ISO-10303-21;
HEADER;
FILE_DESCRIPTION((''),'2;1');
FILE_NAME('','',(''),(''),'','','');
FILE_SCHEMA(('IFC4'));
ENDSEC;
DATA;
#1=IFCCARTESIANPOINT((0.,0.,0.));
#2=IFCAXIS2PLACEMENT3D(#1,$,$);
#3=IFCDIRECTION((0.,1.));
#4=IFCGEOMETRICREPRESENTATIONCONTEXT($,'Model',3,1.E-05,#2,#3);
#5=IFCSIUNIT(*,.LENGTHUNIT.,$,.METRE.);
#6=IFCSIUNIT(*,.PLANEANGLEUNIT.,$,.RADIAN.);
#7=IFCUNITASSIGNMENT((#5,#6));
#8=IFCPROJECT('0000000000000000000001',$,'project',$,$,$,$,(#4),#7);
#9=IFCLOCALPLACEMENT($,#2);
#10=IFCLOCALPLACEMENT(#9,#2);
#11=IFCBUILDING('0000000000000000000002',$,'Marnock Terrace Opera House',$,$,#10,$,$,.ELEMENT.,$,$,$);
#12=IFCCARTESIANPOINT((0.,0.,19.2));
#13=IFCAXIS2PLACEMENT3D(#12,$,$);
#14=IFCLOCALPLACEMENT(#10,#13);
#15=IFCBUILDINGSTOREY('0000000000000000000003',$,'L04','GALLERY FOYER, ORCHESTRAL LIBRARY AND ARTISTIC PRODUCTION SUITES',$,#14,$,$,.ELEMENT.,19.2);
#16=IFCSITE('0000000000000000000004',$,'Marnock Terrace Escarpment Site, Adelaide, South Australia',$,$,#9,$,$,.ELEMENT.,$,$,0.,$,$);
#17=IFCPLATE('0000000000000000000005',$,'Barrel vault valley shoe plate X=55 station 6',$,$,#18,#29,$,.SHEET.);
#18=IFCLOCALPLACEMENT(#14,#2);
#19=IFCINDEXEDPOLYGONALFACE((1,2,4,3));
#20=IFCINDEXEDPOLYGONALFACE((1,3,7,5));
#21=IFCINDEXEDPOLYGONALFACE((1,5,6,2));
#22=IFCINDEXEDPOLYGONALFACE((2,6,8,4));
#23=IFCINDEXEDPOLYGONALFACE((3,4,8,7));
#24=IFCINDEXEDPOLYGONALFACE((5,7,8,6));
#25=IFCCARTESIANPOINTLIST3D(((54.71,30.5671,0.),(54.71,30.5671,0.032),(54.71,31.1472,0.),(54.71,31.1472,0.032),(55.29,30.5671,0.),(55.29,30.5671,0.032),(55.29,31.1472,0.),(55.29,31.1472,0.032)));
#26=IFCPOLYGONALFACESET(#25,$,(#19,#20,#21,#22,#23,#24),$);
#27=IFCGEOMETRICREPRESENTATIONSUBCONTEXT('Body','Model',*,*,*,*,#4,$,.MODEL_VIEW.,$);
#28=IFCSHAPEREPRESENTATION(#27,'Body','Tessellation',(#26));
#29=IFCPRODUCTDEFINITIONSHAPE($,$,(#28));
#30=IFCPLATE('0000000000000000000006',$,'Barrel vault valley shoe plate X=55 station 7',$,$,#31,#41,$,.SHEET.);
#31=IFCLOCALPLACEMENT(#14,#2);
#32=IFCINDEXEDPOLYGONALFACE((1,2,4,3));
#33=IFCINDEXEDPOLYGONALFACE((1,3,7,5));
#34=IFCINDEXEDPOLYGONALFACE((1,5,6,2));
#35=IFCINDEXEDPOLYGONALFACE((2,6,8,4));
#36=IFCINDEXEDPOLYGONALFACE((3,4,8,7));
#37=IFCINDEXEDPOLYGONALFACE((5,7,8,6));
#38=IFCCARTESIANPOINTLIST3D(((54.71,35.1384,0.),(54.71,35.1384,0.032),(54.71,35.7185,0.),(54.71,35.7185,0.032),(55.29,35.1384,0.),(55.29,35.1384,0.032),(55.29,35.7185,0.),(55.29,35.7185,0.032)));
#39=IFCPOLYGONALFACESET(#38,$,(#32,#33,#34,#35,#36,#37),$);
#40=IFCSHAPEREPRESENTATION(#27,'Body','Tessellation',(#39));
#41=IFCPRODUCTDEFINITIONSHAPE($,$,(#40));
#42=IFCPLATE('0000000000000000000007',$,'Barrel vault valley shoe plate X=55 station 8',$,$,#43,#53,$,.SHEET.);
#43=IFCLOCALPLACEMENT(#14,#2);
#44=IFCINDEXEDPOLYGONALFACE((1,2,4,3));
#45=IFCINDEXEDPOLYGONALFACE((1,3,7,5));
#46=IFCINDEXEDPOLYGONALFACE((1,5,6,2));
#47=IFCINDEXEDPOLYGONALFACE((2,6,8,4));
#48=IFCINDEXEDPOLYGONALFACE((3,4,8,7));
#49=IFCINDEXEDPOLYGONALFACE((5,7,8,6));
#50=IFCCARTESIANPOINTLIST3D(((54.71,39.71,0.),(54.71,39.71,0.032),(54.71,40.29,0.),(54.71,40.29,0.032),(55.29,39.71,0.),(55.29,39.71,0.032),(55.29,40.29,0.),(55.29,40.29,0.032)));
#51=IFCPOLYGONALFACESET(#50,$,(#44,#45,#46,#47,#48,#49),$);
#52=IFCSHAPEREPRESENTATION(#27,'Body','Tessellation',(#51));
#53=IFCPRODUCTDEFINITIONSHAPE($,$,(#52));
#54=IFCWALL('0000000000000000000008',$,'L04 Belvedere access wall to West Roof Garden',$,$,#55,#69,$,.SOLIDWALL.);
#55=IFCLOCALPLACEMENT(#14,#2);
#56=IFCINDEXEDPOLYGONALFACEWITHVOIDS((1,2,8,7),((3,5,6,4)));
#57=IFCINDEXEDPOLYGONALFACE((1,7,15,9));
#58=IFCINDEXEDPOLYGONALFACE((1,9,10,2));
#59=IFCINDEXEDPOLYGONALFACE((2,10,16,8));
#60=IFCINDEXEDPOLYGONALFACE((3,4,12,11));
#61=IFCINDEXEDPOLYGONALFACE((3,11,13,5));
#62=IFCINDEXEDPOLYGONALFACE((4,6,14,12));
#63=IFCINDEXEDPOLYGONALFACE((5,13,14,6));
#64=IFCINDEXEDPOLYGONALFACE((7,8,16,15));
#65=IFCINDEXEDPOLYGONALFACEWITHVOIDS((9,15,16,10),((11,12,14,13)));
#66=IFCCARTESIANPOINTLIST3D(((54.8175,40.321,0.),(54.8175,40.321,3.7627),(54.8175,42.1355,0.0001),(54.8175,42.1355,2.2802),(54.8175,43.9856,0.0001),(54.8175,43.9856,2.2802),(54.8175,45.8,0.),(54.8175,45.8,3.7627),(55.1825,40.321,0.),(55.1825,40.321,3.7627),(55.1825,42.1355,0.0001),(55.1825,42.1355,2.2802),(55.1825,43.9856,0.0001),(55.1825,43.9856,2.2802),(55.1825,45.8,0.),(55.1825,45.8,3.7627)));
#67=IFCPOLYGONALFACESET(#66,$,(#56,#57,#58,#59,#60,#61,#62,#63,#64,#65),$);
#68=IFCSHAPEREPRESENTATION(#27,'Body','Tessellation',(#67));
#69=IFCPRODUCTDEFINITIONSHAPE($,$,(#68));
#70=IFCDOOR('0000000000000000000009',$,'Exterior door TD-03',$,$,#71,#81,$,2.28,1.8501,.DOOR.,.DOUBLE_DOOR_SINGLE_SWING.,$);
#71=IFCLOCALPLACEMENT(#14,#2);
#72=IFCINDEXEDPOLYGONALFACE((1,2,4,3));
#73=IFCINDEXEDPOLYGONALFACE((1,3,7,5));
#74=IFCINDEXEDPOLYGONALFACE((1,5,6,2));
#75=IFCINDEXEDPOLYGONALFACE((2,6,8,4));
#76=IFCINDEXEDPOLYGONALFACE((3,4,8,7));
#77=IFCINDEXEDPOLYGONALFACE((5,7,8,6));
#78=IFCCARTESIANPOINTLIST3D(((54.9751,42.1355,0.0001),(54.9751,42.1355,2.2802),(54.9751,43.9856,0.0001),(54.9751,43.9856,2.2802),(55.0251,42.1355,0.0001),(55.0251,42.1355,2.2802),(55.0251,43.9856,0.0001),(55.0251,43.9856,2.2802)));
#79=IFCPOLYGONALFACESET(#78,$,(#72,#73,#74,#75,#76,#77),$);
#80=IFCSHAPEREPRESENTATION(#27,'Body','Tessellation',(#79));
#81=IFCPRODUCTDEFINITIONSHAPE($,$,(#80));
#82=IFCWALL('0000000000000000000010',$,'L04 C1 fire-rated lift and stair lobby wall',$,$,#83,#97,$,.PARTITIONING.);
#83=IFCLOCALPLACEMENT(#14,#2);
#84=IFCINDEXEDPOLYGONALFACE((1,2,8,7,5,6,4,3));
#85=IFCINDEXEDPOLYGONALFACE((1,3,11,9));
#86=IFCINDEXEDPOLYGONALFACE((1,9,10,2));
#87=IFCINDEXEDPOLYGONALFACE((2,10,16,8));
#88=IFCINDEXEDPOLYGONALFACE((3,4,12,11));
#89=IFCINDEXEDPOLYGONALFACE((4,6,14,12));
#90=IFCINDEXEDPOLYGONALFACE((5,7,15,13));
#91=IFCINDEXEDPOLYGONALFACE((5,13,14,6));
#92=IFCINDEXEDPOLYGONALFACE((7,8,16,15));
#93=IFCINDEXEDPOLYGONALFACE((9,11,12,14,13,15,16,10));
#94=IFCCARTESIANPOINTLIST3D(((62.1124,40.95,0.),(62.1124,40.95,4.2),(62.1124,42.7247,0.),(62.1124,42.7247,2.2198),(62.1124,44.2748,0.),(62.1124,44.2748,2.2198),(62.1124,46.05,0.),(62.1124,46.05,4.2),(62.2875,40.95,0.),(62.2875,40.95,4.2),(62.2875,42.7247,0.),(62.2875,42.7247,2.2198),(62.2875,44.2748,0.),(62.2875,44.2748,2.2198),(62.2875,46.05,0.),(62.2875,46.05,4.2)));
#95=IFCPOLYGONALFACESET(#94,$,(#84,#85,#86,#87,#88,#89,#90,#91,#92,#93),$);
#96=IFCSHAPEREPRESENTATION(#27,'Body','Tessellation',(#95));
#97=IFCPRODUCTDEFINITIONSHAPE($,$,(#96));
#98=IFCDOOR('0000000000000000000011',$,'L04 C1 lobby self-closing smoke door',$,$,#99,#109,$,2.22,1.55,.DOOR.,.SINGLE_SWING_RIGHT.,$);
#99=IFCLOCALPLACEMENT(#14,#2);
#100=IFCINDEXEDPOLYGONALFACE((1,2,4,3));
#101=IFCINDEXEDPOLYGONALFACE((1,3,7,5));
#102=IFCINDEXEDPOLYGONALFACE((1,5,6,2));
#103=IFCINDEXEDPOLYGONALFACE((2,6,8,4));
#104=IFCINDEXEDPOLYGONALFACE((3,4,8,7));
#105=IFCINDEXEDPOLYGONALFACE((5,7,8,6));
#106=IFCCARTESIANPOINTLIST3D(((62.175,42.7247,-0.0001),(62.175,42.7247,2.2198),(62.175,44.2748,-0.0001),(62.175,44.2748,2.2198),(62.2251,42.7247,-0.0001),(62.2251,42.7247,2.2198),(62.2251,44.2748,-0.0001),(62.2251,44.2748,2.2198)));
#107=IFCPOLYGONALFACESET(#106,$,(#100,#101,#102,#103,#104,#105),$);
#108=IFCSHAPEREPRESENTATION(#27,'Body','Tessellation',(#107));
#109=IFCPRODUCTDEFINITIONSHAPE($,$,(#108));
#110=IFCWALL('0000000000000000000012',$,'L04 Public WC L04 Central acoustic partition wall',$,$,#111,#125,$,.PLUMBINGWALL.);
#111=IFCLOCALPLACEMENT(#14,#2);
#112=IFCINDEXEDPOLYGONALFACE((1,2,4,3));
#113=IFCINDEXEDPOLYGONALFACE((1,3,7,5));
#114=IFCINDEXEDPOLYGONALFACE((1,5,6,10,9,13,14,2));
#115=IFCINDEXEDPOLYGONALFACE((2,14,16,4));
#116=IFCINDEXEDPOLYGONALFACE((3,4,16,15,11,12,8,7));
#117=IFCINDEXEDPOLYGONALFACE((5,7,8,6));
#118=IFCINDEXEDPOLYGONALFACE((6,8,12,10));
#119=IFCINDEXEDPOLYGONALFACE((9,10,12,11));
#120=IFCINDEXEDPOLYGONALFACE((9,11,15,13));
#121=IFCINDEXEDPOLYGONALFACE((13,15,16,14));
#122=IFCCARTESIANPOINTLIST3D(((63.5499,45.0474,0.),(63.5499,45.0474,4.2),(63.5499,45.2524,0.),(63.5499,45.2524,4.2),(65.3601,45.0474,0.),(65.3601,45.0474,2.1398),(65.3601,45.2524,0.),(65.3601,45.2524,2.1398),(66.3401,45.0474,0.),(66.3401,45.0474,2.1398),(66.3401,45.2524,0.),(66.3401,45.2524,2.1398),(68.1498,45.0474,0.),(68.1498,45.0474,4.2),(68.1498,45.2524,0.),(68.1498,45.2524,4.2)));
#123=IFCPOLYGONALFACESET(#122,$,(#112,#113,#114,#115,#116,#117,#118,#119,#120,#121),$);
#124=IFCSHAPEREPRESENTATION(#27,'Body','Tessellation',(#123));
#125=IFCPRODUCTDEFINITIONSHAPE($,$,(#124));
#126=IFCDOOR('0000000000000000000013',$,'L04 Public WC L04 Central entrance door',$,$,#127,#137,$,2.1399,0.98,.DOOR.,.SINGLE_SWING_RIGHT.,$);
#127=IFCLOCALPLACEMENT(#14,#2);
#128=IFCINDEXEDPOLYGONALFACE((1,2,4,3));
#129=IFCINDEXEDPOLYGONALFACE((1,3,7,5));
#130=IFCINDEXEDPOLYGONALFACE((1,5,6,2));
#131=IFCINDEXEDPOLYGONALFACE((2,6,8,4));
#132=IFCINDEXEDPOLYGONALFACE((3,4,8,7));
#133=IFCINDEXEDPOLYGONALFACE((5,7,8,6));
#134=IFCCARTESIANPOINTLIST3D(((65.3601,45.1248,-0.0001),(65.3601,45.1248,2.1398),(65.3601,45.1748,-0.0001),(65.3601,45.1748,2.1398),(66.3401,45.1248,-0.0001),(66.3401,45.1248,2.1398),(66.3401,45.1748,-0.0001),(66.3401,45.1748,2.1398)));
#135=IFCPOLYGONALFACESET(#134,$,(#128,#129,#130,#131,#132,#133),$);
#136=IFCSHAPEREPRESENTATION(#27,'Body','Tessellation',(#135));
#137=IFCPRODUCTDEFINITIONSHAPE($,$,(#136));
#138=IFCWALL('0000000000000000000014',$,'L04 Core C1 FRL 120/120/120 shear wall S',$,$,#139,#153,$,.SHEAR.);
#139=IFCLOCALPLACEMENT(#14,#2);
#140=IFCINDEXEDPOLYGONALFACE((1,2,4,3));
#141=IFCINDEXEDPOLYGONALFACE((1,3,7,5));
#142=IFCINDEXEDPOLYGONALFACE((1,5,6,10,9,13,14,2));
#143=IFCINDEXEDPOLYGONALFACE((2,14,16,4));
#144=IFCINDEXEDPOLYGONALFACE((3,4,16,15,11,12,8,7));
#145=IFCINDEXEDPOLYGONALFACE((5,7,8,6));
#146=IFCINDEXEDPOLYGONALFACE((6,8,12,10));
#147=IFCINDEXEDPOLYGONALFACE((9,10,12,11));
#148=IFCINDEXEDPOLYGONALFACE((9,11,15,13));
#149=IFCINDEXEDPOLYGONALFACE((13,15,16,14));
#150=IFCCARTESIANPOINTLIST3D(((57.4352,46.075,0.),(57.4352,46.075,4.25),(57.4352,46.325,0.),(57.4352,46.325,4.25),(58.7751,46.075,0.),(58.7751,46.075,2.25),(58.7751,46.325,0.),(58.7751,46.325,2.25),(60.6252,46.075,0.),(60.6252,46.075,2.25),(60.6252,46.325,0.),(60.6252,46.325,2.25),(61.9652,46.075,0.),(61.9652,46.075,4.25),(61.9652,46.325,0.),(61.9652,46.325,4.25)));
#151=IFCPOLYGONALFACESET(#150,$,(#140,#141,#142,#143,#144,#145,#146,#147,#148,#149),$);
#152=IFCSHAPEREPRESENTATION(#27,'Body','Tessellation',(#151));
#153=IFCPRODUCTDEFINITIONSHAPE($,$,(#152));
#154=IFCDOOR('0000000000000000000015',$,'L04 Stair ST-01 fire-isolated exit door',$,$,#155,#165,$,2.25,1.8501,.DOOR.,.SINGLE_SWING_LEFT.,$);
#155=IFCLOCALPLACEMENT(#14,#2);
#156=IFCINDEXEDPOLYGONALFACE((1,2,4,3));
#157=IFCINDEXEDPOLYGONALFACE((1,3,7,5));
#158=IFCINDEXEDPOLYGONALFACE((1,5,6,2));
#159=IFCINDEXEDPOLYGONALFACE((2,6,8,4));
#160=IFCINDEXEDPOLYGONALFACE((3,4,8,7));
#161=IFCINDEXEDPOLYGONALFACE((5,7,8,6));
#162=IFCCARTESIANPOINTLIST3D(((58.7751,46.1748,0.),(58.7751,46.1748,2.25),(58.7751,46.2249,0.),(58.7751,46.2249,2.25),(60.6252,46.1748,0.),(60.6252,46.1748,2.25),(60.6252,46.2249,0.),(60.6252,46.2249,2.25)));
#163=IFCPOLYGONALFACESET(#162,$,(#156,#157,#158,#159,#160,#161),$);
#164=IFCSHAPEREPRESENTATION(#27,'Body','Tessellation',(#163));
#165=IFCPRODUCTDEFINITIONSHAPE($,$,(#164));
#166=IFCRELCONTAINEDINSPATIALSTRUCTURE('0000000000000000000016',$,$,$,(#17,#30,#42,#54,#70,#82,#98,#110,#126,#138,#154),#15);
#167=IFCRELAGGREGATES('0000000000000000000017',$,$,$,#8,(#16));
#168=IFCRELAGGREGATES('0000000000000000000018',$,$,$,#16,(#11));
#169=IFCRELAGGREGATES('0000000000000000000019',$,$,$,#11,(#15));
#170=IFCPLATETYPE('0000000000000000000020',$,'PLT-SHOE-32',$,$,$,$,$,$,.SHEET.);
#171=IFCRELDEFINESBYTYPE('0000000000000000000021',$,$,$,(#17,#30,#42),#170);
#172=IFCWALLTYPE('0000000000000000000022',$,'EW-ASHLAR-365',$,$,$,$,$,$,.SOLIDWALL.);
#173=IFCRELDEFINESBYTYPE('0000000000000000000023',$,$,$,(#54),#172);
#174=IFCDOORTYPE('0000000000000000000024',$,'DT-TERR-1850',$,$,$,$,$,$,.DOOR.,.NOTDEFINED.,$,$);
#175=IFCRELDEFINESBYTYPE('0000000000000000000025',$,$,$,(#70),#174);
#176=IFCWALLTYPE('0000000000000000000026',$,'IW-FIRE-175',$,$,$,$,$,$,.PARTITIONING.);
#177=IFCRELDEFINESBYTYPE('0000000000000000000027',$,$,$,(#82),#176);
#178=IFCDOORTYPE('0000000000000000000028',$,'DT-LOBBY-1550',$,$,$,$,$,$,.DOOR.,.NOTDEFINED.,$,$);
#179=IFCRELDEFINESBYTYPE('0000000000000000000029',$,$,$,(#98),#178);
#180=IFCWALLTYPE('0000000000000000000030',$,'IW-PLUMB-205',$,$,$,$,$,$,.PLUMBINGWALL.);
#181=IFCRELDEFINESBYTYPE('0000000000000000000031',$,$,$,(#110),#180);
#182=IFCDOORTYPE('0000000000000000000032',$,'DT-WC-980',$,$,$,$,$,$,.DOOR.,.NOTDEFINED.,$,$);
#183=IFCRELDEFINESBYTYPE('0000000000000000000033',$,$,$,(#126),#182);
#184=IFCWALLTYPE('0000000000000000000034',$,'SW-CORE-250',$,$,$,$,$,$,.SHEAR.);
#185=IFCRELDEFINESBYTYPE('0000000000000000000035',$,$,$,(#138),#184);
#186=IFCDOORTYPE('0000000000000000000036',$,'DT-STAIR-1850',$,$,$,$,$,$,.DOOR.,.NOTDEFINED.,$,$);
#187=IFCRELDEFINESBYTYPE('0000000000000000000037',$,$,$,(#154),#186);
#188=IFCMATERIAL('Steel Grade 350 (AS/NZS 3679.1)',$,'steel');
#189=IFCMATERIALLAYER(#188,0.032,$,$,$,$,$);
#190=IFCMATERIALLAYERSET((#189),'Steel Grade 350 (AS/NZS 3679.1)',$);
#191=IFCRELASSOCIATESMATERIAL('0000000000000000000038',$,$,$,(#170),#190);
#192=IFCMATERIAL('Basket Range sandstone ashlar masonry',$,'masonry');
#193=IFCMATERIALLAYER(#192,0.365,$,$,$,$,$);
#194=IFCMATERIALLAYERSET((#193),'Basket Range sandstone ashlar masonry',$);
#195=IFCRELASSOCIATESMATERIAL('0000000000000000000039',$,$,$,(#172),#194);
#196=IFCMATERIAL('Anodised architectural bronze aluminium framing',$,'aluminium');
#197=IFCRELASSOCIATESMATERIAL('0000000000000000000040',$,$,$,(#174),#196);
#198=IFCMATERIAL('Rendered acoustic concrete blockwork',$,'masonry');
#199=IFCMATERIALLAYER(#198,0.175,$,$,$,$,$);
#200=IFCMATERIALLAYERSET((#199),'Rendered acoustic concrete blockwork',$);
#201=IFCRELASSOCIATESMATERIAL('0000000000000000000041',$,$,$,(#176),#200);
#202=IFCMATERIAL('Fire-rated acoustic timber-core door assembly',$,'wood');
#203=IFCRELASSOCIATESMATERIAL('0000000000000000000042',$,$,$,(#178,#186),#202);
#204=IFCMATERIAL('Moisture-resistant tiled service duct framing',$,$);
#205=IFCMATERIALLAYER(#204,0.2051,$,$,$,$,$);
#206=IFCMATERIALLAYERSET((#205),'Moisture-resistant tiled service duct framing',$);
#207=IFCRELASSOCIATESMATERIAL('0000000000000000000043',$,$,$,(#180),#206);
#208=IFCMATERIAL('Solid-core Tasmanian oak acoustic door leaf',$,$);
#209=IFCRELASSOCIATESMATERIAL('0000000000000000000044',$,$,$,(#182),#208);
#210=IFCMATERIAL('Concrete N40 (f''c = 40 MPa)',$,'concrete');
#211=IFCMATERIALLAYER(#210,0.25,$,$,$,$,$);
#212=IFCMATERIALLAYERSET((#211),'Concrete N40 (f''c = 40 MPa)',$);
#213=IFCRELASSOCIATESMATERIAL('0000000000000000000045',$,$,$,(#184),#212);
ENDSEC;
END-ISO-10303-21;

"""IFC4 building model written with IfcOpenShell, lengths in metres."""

from ifc_helpers import new_model, si_unit, direction, frame, frame_2d, origin, origin_2d, place, context, subcontext, project, spatial, rectangle, extrude, material, layer, layer_set, type_object, element, fill, save


model = new_model("IFC4")

# Units and contexts
model_context = context("Model", 3, precision=1e-05, world=origin(), true_north=direction((0.0, 1.0)))
body_context = subcontext(model_context, "Body", "Model", "MODEL_VIEW")
ifc_project = project(units=[si_unit("LENGTHUNIT", "METRE"), si_unit("PLANEANGLEUNIT", "RADIAN")], contexts=[model_context])

# Site, building, storey
site_placement = place(None, origin())
site = spatial("IfcSite", under=ifc_project, at=site_placement, Name="Marnock Terrace Escarpment Site, Adelaide, South Australia", CompositionType="ELEMENT", RefElevation=0.0)
building_placement = place(site_placement, origin())
building = spatial("IfcBuilding", under=site, at=building_placement, Name="Marnock Terrace Opera House", CompositionType="ELEMENT")
storey_placement = place(building_placement, frame((0.0, 0.0, 19.2)))
storey = spatial("IfcBuildingStorey", under=building, at=storey_placement, Name="L04", Description="GALLERY FOYER, ORCHESTRAL LIBRARY AND ARTISTIC PRODUCTION SUITES", CompositionType="ELEMENT", Elevation=19.2)

# Shared definitions
ifc_material_1 = material(Name="Concrete N40 (f'c = 40 MPa)", Category="concrete")

# Shared definitions
ifc_material_2 = material(Name="Steel Grade 350 (AS/NZS 3679.1)", Category="steel")

# Plates
ifc_layer_1 = layer(ifc_material_2, 0.032)
ifc_layer_set_1 = layer_set([ifc_layer_1], Name="Steel Grade 350 (AS/NZS 3679.1)")
plate_type = type_object("IfcPlateType", Name="PLT-SHOE-32", PredefinedType="SHEET", material=ifc_layer_set_1)
for number, where, z_axis, x_axis, name in (
    (1, (55.0, 30.8572, 0.0), (0.0, 0.0, 1.0), (1.0, 0.0, 0.0), "Barrel vault valley shoe plate X=55 station 6"),
    (2, (55.0, 35.4285, 0.0), (0.0, 0.0, 1.0), (1.0, 0.0, 0.0), "Barrel vault valley shoe plate X=55 station 7"),
    (3, (55.0, 40.0, 0.0), (0.0, 0.0, 1.0), (1.0, 0.0, 0.0), "Barrel vault valley shoe plate X=55 station 8"),
):
    element("IfcPlate", number, at=place(storey_placement, frame(where, z_axis=z_axis, x_axis=x_axis)), inside=storey, type_object=plate_type, Name=name, PredefinedType="SHEET", context=body_context, shape_type="SweptSolid", body=[
        extrude(rectangle(XDim=0.5801, YDim=0.5801, at=origin_2d()), origin(), (0.0, 0.0, 1.0), 0.032),
    ])

# Walls, openings, doors
ifc_material_3 = material(Name="Basket Range sandstone ashlar masonry", Category="masonry")
ifc_layer_2 = layer(ifc_material_3, 0.365)
ifc_layer_set_2 = layer_set([ifc_layer_2], Name="Basket Range sandstone ashlar masonry")
wall_type_1 = type_object("IfcWallType", Name="EW-ASHLAR-365", PredefinedType="SOLIDWALL", material=ifc_layer_set_2)
wall_1_placement = place(storey_placement, frame((55.0, 40.321, 0.0), z_axis=(0.0, 0.0, 1.0), x_axis=(0.0, 1.0, 0.0)))
wall_1 = element("IfcWall", 4, at=wall_1_placement, inside=storey, type_object=wall_type_1, Name="L04 Belvedere access wall to West Roof Garden", PredefinedType="SOLIDWALL", context=body_context, shape_type="SweptSolid", body=[
    extrude(rectangle(XDim=5.479, YDim=0.365, at=frame_2d((2.7395, 0.0))), origin(), (0.0, 0.0, 1.0), 3.7627),
])
opening_1_placement = place(wall_1_placement, frame((1.8145, 0.0, 0.0)))
opening_1 = element("IfcOpeningElement", 5, at=opening_1_placement, cuts=wall_1, PredefinedType="OPENING", context=body_context, shape_type="SweptSolid", body=[
    extrude(rectangle(XDim=1.8501, YDim=2.28, at=frame_2d((0.925, 1.1401))), frame((0.0, 0.1924, 0.0), z_axis=(0.0, -1.0, 0.0), x_axis=(1.0, 0.0, 0.0)), (0.0, 0.0, 1.0), 0.385),
])
ifc_material_4 = material(Name="Anodised architectural bronze aluminium framing", Category="aluminium")
door_type_1 = type_object("IfcDoorType", Name="DT-TERR-1850", OperationType="NOTDEFINED", PredefinedType="DOOR", material=ifc_material_4)
door_1_placement = place(opening_1_placement, origin())
door_1 = element("IfcDoor", 6, at=door_1_placement, inside=storey, type_object=door_type_1, Name="Exterior door TD-03", OperationType="DOUBLE_DOOR_SINGLE_SWING", OverallHeight=2.28, OverallWidth=1.8501, PredefinedType="DOOR", context=body_context, shape_type="SweptSolid", body=[
    extrude(rectangle(XDim=1.8501, YDim=2.28, at=frame_2d((0.925, 1.1401))), frame((0.0, 0.0249, 0.0), z_axis=(0.0, -1.0, 0.0), x_axis=(1.0, 0.0, 0.0)), (0.0, 0.0, 1.0), 0.05),
])
fill(opening_1, door_1)
ifc_material_5 = material(Name="Rendered acoustic concrete blockwork", Category="masonry")
ifc_layer_3 = layer(ifc_material_5, 0.175)
ifc_layer_set_3 = layer_set([ifc_layer_3], Name="Rendered acoustic concrete blockwork")
wall_type_2 = type_object("IfcWallType", Name="IW-FIRE-175", PredefinedType="PARTITIONING", material=ifc_layer_set_3)
wall_2_placement = place(storey_placement, frame((62.2, 40.95, 0.0), z_axis=(0.0, 0.0, 1.0), x_axis=(0.0, 1.0, 0.0)))
wall_2 = element("IfcWall", 7, at=wall_2_placement, inside=storey, type_object=wall_type_2, Name="L04 C1 fire-rated lift and stair lobby wall", PredefinedType="PARTITIONING", context=body_context, shape_type="SweptSolid", body=[
    extrude(rectangle(XDim=5.1001, YDim=0.175, at=frame_2d((2.55, 0.0))), origin(), (0.0, 0.0, 1.0), 4.2),
])
opening_2_placement = place(wall_2_placement, frame((1.7749, 0.0, 0.0)))
opening_2 = element("IfcOpeningElement", 8, at=opening_2_placement, cuts=wall_2, PredefinedType="OPENING", context=body_context, shape_type="SweptSolid", body=[
    extrude(rectangle(XDim=1.55, YDim=2.22, at=frame_2d((0.7749, 1.1099))), frame((0.0, 0.0974, 0.0), z_axis=(0.0, -1.0, 0.0), x_axis=(1.0, 0.0, 0.0)), (0.0, 0.0, 1.0), 0.1951),
])
ifc_material_6 = material(Name="Fire-rated acoustic timber-core door assembly", Category="wood")
door_type_2 = type_object("IfcDoorType", Name="DT-LOBBY-1550", OperationType="NOTDEFINED", PredefinedType="DOOR", material=ifc_material_6)
door_2_placement = place(opening_2_placement, origin())
door_2 = element("IfcDoor", 9, at=door_2_placement, inside=storey, type_object=door_type_2, Name="L04 C1 lobby self-closing smoke door", OperationType="SINGLE_SWING_RIGHT", OverallHeight=2.22, OverallWidth=1.55, PredefinedType="DOOR", context=body_context, shape_type="SweptSolid", body=[
    extrude(rectangle(XDim=1.55, YDim=2.22, at=frame_2d((0.7749, 1.1099))), frame((0.0, 0.0249, 0.0), z_axis=(0.0, -1.0, 0.0), x_axis=(1.0, 0.0, 0.0)), (0.0, 0.0, 1.0), 0.05),
])
fill(opening_2, door_2)
ifc_material_7 = material(Name="Moisture-resistant tiled service duct framing")
ifc_layer_4 = layer(ifc_material_7, 0.2051)
ifc_layer_set_4 = layer_set([ifc_layer_4], Name="Moisture-resistant tiled service duct framing")
wall_type_3 = type_object("IfcWallType", Name="IW-PLUMB-205", PredefinedType="PLUMBINGWALL", material=ifc_layer_set_4)
wall_3_placement = place(storey_placement, frame((63.55, 45.1499, 0.0), z_axis=(0.0, 0.0, 1.0), x_axis=(1.0, 0.0, 0.0)))
wall_3 = element("IfcWall", 10, at=wall_3_placement, inside=storey, type_object=wall_type_3, Name="L04 Public WC L04 Central acoustic partition wall", PredefinedType="PLUMBINGWALL", context=body_context, shape_type="SweptSolid", body=[
    extrude(rectangle(XDim=4.5999, YDim=0.2051, at=frame_2d((2.2998, 0.0))), origin(), (0.0, 0.0, 1.0), 4.2),
])
opening_3_placement = place(wall_3_placement, frame((1.8101, 0.0, 0.0)))
opening_3 = element("IfcOpeningElement", 11, at=opening_3_placement, cuts=wall_3, PredefinedType="OPENING", context=body_context, shape_type="SweptSolid", body=[
    extrude(rectangle(XDim=0.98, YDim=2.1399, at=frame_2d((0.49, 1.0698))), frame((0.0, 0.1125, 0.0), z_axis=(0.0, -1.0, 0.0), x_axis=(1.0, 0.0, 0.0)), (0.0, 0.0, 1.0), 0.2251),
])
ifc_material_8 = material(Name="Solid-core Tasmanian oak acoustic door leaf")
door_type_3 = type_object("IfcDoorType", Name="DT-WC-980", OperationType="NOTDEFINED", PredefinedType="DOOR", material=ifc_material_8)
door_3_placement = place(opening_3_placement, origin())
door_3 = element("IfcDoor", 12, at=door_3_placement, inside=storey, type_object=door_type_3, Name="L04 Public WC L04 Central entrance door", OperationType="SINGLE_SWING_RIGHT", OverallHeight=2.1399, OverallWidth=0.98, PredefinedType="DOOR", context=body_context, shape_type="SweptSolid", body=[
    extrude(rectangle(XDim=0.98, YDim=2.1399, at=frame_2d((0.49, 1.0698))), frame((0.0, 0.0249, 0.0), z_axis=(0.0, -1.0, 0.0), x_axis=(1.0, 0.0, 0.0)), (0.0, 0.0, 1.0), 0.05),
])
fill(opening_3, door_3)
ifc_layer_5 = layer(ifc_material_1, 0.25)
ifc_layer_set_5 = layer_set([ifc_layer_5], Name="Concrete N40 (f'c = 40 MPa)")
wall_type_4 = type_object("IfcWallType", Name="SW-CORE-250", PredefinedType="SHEAR", material=ifc_layer_set_5)
wall_4_placement = place(storey_placement, frame((57.4351, 46.2, 0.0), z_axis=(0.0, 0.0, 1.0), x_axis=(1.0, 0.0, 0.0)))
wall_4 = element("IfcWall", 13, at=wall_4_placement, inside=storey, type_object=wall_type_4, Name="L04 Core C1 FRL 120/120/120 shear wall S", PredefinedType="SHEAR", context=body_context, shape_type="SweptSolid", body=[
    extrude(rectangle(XDim=4.53, YDim=0.25, at=frame_2d((2.2651, 0.0))), origin(), (0.0, 0.0, 1.0), 4.25),
])
opening_4_placement = place(wall_4_placement, frame((1.3401, 0.0, 0.0)))
opening_4 = element("IfcOpeningElement", 14, at=opening_4_placement, cuts=wall_4, PredefinedType="OPENING", context=body_context, shape_type="SweptSolid", body=[
    extrude(rectangle(XDim=1.8501, YDim=2.25, at=frame_2d((0.925, 1.125))), frame((0.0, 0.135, 0.0), z_axis=(0.0, -1.0, 0.0), x_axis=(1.0, 0.0, 0.0)), (0.0, 0.0, 1.0), 0.27),
])
door_type_4 = type_object("IfcDoorType", Name="DT-STAIR-1850", OperationType="NOTDEFINED", PredefinedType="DOOR", material=ifc_material_6)
door_4_placement = place(opening_4_placement, origin())
door_4 = element("IfcDoor", 15, at=door_4_placement, inside=storey, type_object=door_type_4, Name="L04 Stair ST-01 fire-isolated exit door", OperationType="SINGLE_SWING_LEFT", OverallHeight=2.25, OverallWidth=1.8501, PredefinedType="DOOR", context=body_context, shape_type="SweptSolid", body=[
    extrude(rectangle(XDim=1.8501, YDim=2.25, at=frame_2d((0.925, 1.125))), frame((0.0, 0.0249, 0.0), z_axis=(0.0, -1.0, 0.0), x_axis=(1.0, 0.0, 0.0)), (0.0, 0.0, 1.0), 0.05),
])
fill(opening_4, door_4)

save(model, "model.ifc")
